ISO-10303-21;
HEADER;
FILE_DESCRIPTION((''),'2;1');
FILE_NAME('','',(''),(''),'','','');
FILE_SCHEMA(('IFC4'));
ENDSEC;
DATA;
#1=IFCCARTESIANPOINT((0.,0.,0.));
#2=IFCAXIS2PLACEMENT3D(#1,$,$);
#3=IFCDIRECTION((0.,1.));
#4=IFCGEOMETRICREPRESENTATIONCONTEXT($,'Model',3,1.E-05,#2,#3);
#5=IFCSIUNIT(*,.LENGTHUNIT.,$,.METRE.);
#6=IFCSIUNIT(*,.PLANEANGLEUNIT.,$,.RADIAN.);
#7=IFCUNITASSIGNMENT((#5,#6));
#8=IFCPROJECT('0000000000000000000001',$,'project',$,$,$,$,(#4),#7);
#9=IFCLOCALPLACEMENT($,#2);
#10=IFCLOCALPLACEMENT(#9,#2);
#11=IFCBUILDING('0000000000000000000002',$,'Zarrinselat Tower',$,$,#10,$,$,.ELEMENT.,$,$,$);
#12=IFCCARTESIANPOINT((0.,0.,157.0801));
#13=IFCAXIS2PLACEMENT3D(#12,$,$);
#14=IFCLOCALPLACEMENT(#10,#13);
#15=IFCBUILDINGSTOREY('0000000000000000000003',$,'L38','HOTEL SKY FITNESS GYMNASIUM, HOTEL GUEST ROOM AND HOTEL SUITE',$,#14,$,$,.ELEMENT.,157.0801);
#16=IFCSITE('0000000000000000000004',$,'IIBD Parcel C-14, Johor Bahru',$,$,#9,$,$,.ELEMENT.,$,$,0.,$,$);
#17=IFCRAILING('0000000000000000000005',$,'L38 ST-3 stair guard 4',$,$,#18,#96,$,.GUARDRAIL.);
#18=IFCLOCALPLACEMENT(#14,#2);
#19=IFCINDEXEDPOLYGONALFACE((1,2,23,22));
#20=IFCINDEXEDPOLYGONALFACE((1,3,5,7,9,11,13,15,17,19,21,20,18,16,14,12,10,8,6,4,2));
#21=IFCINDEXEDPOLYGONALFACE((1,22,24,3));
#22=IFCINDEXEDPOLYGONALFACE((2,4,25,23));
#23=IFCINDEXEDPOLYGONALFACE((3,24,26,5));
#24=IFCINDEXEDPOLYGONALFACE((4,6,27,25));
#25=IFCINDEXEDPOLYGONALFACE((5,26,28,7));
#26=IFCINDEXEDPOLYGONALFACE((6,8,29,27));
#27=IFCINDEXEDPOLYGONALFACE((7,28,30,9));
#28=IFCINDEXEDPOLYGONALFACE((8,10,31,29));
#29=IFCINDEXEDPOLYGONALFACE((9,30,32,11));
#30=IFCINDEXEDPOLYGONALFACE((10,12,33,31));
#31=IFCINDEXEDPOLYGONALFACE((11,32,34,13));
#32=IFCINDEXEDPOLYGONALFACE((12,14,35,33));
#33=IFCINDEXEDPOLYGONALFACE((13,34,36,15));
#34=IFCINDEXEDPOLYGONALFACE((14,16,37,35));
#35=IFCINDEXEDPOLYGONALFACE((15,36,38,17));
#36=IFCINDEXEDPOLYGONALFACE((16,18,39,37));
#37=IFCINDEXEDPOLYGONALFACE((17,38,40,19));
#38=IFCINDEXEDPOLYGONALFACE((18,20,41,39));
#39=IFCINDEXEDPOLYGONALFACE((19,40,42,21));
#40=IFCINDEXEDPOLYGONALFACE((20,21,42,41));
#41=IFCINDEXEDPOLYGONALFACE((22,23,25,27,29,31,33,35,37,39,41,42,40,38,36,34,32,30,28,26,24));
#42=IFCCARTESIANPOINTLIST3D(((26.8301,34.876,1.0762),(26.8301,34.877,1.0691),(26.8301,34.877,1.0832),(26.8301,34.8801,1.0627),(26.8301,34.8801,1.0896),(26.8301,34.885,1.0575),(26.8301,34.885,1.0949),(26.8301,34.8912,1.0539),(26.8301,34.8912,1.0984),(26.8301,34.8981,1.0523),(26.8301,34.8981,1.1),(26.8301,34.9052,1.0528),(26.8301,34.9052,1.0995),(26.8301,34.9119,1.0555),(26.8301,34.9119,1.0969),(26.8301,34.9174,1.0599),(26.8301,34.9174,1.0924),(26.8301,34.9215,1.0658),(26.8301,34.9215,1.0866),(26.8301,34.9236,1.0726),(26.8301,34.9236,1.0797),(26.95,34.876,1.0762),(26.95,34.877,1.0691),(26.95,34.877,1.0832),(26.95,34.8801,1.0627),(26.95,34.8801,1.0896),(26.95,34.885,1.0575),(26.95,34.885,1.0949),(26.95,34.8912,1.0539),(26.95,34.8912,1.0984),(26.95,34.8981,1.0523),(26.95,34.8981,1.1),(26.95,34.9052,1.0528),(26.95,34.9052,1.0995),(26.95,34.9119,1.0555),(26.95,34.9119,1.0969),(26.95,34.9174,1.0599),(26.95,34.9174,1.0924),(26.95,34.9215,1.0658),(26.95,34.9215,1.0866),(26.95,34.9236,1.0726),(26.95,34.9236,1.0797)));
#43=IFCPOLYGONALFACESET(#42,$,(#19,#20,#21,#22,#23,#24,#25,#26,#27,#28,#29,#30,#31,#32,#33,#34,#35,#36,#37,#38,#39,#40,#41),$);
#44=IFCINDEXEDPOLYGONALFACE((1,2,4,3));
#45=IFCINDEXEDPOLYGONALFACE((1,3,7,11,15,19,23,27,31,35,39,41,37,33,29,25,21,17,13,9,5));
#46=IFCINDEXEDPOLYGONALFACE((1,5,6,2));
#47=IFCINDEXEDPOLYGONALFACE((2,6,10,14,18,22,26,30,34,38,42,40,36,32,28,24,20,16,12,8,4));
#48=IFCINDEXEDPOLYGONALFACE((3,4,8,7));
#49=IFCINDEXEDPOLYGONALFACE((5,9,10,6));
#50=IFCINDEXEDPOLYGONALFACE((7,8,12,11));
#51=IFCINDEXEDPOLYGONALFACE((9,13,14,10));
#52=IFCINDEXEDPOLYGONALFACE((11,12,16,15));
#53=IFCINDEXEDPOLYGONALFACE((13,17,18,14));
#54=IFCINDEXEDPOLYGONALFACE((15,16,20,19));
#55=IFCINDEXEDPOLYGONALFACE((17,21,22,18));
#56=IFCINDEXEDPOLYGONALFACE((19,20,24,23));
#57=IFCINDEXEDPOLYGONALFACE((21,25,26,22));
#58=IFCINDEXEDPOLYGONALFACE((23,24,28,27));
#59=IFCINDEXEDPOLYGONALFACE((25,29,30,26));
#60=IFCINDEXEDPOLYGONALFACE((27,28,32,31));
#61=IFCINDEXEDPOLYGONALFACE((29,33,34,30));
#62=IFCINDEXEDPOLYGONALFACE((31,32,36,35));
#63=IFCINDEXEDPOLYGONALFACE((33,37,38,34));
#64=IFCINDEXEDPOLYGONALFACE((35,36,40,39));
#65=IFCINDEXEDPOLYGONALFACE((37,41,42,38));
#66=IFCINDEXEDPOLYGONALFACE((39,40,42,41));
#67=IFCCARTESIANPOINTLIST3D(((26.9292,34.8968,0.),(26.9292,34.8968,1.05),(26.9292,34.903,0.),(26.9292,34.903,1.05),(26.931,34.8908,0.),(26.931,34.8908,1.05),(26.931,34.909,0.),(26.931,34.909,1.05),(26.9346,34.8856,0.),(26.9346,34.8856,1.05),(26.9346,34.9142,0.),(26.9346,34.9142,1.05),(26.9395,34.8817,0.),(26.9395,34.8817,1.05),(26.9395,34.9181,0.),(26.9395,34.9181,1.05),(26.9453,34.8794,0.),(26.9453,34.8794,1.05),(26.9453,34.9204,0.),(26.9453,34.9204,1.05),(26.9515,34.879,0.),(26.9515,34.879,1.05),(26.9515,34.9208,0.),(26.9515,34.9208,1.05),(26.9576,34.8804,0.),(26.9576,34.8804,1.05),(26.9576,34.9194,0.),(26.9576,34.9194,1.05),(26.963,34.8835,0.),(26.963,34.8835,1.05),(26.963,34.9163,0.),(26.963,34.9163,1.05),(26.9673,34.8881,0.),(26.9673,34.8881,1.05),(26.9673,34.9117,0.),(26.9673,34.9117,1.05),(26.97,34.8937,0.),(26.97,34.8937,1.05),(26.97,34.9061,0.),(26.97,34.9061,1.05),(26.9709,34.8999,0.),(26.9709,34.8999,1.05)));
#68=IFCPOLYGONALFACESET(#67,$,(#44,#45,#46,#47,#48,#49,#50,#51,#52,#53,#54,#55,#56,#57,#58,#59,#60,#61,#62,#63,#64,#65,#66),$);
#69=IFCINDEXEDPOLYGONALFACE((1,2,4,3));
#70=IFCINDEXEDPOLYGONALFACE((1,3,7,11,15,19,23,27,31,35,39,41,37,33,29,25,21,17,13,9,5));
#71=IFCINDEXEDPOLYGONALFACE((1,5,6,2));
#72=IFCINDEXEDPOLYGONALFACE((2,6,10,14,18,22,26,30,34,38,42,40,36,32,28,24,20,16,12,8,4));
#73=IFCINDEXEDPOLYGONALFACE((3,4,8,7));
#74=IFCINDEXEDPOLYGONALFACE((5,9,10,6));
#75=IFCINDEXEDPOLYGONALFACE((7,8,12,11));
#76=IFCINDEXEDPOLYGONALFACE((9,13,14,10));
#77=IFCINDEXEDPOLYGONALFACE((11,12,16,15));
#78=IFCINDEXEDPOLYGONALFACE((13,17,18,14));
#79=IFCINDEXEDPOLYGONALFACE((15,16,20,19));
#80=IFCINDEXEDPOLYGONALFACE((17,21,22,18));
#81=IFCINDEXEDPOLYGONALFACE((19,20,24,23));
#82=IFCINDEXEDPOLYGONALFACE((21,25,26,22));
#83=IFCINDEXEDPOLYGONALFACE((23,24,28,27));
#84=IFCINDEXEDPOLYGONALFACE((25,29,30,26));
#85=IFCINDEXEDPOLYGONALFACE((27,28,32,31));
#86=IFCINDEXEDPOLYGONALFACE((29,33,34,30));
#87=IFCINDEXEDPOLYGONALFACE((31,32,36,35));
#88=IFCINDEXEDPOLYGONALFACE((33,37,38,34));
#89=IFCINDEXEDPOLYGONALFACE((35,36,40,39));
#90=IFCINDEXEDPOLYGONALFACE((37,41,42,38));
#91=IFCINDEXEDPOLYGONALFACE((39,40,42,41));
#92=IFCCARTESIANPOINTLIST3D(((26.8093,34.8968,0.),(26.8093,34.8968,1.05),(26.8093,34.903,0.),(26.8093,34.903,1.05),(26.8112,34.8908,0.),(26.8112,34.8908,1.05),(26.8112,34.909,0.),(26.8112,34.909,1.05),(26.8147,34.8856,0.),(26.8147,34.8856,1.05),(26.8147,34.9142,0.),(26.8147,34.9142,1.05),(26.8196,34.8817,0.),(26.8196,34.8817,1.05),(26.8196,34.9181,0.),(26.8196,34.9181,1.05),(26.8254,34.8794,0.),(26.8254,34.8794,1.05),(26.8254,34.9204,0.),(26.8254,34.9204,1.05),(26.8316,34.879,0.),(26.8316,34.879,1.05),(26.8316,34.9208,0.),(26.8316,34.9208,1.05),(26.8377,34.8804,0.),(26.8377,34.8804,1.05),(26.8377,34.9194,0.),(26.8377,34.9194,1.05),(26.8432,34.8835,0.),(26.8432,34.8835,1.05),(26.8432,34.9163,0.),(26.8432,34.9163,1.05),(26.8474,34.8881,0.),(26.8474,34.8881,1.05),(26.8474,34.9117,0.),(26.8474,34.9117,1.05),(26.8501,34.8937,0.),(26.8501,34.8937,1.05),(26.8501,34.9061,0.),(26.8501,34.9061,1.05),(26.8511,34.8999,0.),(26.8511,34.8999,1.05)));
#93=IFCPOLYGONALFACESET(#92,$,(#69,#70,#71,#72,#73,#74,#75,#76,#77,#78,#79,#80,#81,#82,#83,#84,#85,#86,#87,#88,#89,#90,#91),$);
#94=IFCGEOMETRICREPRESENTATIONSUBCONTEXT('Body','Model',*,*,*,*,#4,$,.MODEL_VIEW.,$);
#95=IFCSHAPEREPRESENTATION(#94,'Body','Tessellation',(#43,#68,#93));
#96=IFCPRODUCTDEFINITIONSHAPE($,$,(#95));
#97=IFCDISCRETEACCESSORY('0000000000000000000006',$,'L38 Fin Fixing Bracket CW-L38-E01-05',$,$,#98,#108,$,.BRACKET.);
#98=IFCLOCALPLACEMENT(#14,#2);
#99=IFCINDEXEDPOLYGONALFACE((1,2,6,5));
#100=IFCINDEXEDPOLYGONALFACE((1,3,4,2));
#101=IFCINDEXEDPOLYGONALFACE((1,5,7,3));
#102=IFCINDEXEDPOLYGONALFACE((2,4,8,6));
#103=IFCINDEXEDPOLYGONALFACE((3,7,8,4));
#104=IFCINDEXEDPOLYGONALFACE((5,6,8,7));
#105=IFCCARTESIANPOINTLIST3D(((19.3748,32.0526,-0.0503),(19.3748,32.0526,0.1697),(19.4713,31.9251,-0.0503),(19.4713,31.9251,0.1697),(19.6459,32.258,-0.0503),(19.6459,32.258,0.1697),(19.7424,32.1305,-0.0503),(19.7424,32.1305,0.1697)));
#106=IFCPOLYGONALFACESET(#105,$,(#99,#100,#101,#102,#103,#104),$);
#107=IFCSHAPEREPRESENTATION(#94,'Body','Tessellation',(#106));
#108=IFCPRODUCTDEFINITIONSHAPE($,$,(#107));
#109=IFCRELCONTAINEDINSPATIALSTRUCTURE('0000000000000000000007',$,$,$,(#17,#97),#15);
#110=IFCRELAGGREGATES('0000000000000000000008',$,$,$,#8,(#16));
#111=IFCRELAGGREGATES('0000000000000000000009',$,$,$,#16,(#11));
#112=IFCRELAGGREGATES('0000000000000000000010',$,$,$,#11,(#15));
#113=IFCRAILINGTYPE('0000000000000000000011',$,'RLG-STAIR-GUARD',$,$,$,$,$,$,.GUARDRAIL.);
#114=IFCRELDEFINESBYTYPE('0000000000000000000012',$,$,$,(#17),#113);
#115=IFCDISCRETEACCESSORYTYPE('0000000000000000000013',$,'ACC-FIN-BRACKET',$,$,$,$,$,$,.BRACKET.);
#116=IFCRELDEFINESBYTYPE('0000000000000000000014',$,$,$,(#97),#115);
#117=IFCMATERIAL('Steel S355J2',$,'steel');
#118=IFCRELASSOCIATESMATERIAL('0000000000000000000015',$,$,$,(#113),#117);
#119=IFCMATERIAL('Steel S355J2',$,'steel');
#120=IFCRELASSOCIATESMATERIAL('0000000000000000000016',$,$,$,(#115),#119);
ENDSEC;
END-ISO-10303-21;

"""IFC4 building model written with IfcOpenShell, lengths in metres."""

from ifc_helpers import new_model, si_unit, direction, frame, origin, origin_2d, place, context, subcontext, project, spatial, rectangle, circle, extrude, material, type_object, element, save


model = new_model("IFC4")

# Units and contexts
model_context = context("Model", 3, precision=1e-05, world=origin(), true_north=direction((0.0, 1.0)))
body_context = subcontext(model_context, "Body", "Model", "MODEL_VIEW")
ifc_project = project(units=[si_unit("LENGTHUNIT", "METRE"), si_unit("PLANEANGLEUNIT", "RADIAN")], contexts=[model_context])

# Site, building, storey
site_placement = place(None, origin())
site = spatial("IfcSite", under=ifc_project, at=site_placement, Name="IIBD Parcel C-14, Johor Bahru", CompositionType="ELEMENT", RefElevation=0.0)
building_placement = place(site_placement, origin())
building = spatial("IfcBuilding", under=site, at=building_placement, Name="Zarrinselat Tower", CompositionType="ELEMENT")
storey_placement = place(building_placement, frame((0.0, 0.0, 157.0801)))
storey = spatial("IfcBuildingStorey", under=building, at=storey_placement, Name="L38", Description="HOTEL SKY FITNESS GYMNASIUM, HOTEL GUEST ROOM AND HOTEL SUITE", CompositionType="ELEMENT", Elevation=157.0801)

# Railing
ifc_material_1 = material(Name="Steel S355J2", Category="steel")
railing_type = type_object("IfcRailingType", Name="RLG-STAIR-GUARD", PredefinedType="GUARDRAIL", material=ifc_material_1)
railing_1_placement = place(storey_placement, frame((26.95, 34.8999, 0.0)))
element("IfcRailing", 1, at=railing_1_placement, inside=storey, type_object=railing_type, Name="L38 ST-3 stair guard 4", PredefinedType="GUARDRAIL", context=body_context, shape_type="SweptSolid", body=[
    extrude(circle(Radius=0.0239, at=origin_2d()), frame((0.0, 0.0, 1.0762), z_axis=(-1.0, 0.0, 0.0), x_axis=(0.0, -1.0, 0.0)), (0.0, 0.0, 1.0), 0.1199),
    extrude(circle(Radius=0.021, at=origin_2d()), origin(), (0.0, 0.0, 1.0), 1.05),
    extrude(circle(Radius=0.021, at=origin_2d()), frame((-0.1199, 0.0, 0.0)), (0.0, 0.0, 1.0), 1.05),
])

# Discrete accessory
ifc_material_2 = material(Name="Steel S355J2", Category="steel")
discrete_accessory_type = type_object("IfcDiscreteAccessoryType", Name="ACC-FIN-BRACKET", PredefinedType="BRACKET", material=ifc_material_2)
discrete_accessory_placement = place(storey_placement, frame((19.5586, 32.0916, -0.0503), z_axis=(0.0, 0.0, 1.0), x_axis=(-0.797092, -0.603858, 0.0)))
element("IfcDiscreteAccessory", 2, at=discrete_accessory_placement, inside=storey, type_object=discrete_accessory_type, Name="L38 Fin Fixing Bracket CW-L38-E01-05", PredefinedType="BRACKET", context=body_context, shape_type="SweptSolid", body=[
    extrude(rectangle(XDim=0.3401, YDim=0.1599, at=origin_2d()), origin(), (0.0, 0.0, 1.0), 0.22),
])

save(model, "model.ifc")
